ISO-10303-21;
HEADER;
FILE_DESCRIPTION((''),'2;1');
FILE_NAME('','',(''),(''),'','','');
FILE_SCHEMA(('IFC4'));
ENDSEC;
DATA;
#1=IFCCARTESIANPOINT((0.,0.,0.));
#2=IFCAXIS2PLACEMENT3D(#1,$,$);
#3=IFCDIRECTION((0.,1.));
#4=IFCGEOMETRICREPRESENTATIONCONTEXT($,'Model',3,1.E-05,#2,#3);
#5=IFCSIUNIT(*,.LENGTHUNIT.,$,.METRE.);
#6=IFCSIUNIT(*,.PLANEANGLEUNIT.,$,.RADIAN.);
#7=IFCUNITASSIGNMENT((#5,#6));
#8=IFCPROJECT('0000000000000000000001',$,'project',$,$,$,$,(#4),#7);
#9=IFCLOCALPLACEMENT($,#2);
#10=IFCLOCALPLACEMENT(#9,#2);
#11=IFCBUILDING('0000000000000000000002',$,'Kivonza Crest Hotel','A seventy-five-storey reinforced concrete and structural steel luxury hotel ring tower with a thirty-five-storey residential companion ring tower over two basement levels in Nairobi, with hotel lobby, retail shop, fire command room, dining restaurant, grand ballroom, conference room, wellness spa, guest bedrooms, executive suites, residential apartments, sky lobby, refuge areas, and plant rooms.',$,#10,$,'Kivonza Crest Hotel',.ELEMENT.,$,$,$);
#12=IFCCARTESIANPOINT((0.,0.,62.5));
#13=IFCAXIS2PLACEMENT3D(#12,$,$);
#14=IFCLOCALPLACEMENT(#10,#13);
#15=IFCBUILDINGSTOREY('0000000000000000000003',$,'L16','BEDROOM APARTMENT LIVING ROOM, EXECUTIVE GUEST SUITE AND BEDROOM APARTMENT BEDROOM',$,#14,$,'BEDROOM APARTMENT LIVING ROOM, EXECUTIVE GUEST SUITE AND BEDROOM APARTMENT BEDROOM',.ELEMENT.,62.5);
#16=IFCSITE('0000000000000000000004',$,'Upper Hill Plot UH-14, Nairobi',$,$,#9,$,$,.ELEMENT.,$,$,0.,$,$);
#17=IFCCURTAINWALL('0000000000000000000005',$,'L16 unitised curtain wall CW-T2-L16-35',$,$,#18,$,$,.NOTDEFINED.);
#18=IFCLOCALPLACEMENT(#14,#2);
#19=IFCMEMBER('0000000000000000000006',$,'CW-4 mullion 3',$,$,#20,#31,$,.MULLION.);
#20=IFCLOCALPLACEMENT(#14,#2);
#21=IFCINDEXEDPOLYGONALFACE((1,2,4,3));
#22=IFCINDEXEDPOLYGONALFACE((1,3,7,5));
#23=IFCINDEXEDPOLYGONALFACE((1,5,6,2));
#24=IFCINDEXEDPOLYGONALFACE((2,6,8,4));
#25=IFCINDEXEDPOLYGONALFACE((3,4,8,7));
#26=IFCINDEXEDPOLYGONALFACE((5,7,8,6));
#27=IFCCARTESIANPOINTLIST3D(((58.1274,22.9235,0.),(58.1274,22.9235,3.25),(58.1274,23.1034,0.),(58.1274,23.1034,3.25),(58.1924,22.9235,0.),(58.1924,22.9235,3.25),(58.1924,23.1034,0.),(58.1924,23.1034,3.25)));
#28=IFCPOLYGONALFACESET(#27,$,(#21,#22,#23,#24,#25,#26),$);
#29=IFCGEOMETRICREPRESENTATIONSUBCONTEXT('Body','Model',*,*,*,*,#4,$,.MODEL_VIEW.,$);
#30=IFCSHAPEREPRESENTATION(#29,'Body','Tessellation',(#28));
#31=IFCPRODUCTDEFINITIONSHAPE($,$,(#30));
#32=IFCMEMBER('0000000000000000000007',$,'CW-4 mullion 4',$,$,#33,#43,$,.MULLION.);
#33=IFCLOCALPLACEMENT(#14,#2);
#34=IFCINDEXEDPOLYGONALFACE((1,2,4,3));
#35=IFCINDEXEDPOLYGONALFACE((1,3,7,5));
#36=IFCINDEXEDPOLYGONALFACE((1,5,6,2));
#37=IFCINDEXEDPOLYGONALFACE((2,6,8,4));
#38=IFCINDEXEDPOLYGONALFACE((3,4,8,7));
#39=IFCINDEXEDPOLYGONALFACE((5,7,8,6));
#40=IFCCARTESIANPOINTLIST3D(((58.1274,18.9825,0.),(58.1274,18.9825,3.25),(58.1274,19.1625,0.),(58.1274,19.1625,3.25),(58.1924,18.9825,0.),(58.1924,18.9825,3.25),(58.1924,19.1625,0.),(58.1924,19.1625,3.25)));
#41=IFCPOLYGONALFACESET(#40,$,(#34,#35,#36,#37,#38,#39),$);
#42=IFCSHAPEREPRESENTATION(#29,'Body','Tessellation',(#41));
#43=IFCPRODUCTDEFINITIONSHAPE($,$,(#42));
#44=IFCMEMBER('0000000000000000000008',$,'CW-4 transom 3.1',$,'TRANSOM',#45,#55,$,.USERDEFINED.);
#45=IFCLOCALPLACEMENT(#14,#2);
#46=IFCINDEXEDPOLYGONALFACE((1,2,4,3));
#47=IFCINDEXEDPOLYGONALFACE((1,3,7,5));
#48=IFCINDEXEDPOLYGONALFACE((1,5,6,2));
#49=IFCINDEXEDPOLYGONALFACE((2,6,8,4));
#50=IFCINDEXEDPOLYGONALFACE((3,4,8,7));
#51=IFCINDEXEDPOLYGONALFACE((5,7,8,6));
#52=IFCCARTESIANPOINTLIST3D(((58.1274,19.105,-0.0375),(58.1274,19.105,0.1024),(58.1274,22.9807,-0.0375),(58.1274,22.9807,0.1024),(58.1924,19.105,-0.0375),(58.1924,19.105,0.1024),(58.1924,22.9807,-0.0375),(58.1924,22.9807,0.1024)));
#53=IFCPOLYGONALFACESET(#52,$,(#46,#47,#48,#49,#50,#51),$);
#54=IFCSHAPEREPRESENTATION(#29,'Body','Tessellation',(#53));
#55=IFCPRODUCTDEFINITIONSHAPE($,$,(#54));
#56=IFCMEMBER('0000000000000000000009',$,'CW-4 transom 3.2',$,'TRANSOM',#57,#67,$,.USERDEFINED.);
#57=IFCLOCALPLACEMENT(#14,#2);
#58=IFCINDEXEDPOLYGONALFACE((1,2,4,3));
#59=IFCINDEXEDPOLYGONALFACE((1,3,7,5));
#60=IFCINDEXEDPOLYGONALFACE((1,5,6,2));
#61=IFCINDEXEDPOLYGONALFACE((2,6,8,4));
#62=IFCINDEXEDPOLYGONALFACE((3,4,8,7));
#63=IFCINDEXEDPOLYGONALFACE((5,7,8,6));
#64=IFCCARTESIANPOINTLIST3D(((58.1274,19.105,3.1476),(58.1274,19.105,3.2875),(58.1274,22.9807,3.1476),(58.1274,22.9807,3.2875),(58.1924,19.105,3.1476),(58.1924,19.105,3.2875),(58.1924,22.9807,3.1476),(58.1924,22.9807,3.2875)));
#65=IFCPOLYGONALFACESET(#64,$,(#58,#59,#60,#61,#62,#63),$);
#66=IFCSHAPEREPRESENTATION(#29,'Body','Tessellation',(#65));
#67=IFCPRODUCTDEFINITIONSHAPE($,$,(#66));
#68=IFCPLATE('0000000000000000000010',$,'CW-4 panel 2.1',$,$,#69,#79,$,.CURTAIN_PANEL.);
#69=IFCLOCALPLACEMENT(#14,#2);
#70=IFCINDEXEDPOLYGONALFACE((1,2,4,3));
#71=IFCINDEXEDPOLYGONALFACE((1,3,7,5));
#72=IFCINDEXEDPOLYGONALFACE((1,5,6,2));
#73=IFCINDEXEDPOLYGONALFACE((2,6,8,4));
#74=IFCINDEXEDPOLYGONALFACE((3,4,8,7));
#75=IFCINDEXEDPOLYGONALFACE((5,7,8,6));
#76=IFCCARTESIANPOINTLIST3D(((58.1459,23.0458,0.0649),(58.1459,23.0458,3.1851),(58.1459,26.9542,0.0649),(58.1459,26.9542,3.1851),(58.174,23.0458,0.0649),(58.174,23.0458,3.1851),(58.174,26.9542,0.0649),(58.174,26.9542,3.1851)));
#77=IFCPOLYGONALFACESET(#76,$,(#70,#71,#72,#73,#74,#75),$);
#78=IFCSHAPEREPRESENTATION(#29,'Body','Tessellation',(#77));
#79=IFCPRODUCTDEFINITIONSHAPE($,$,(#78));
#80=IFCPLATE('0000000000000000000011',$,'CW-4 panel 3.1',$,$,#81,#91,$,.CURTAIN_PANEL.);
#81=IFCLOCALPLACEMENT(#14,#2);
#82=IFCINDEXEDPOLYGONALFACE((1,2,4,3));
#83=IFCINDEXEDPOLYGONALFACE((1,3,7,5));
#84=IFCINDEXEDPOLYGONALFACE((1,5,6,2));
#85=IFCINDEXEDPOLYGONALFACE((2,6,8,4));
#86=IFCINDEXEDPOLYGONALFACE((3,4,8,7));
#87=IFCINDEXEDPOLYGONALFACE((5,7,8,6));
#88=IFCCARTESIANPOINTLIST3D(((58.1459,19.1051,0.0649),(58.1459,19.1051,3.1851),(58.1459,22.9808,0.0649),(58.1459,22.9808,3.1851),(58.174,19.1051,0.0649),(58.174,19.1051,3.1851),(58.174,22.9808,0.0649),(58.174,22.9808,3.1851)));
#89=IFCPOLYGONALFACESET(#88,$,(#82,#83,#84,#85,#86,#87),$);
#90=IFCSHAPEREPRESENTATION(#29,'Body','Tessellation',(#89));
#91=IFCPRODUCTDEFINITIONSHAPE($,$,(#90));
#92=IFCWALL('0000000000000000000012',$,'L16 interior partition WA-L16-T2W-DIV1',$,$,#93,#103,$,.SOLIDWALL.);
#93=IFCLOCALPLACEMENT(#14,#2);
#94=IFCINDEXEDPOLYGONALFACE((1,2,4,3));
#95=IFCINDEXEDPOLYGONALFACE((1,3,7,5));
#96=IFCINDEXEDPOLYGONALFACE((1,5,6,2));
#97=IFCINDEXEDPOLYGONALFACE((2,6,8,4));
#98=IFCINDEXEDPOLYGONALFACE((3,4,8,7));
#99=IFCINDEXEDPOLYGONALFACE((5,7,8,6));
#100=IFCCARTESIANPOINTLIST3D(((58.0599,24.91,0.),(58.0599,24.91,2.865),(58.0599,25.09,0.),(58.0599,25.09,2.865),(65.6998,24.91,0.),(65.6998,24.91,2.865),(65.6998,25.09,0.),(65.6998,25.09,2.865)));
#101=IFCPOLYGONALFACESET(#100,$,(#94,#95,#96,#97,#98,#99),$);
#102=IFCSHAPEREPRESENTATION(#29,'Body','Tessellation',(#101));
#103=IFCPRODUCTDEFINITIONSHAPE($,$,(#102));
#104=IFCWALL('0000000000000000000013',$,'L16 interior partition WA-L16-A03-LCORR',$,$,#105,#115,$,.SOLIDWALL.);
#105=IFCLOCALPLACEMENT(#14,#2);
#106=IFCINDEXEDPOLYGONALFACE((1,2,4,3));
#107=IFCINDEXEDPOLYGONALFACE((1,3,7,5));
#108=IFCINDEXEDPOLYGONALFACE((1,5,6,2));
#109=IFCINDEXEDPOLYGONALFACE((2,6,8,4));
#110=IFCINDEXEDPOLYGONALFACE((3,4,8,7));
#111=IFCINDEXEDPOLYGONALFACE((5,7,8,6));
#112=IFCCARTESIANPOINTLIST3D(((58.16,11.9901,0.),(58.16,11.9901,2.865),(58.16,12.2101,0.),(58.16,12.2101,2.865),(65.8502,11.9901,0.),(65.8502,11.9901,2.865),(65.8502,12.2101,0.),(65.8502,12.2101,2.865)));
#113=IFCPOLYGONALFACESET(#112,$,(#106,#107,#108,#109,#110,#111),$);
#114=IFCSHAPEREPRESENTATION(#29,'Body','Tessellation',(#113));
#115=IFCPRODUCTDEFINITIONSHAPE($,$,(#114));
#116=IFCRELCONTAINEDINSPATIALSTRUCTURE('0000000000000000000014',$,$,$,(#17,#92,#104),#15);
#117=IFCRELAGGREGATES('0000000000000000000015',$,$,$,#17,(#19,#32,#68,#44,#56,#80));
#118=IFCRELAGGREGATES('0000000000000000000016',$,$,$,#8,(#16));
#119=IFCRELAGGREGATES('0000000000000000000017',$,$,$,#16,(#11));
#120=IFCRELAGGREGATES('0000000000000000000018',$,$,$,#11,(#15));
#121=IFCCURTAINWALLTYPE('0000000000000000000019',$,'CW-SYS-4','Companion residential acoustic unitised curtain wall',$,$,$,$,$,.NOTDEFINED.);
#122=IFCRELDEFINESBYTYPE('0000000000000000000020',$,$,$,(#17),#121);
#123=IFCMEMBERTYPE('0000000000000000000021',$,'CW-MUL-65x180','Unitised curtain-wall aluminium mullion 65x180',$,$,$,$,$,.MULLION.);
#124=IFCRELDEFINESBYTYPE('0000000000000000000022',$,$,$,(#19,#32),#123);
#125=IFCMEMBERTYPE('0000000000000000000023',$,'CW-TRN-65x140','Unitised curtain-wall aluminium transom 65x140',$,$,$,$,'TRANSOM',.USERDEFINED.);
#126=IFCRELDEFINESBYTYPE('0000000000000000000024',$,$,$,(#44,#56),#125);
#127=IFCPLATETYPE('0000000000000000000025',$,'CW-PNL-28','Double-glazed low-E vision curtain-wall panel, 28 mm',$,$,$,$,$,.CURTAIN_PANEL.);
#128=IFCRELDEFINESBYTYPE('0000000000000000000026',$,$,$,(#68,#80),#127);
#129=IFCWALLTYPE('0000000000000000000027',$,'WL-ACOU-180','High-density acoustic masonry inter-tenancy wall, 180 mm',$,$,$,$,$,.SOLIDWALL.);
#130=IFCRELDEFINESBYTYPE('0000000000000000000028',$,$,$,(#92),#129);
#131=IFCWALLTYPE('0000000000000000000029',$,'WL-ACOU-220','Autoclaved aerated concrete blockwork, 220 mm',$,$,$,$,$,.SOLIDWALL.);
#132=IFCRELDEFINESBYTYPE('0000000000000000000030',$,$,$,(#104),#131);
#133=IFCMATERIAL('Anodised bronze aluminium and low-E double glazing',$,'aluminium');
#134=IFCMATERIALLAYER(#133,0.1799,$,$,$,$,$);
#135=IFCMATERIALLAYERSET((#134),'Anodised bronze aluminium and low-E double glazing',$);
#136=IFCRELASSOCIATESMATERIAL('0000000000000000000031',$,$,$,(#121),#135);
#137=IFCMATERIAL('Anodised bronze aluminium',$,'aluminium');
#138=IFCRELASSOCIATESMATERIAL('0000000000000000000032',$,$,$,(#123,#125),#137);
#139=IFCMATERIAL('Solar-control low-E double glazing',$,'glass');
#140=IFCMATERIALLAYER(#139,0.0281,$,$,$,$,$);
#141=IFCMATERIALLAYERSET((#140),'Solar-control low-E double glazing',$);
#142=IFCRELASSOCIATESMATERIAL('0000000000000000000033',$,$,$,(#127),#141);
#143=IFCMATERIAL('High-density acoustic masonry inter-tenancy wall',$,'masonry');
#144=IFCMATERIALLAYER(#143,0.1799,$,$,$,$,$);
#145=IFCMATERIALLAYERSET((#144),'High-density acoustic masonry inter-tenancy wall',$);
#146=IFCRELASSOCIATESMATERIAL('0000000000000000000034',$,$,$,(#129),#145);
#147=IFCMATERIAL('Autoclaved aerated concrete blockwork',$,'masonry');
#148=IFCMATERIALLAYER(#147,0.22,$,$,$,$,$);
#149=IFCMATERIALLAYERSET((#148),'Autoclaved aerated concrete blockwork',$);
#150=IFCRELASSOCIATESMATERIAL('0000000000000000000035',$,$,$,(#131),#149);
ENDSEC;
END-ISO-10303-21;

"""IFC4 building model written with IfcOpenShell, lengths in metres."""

from ifc_helpers import new_model, si_unit, direction, frame, frame_2d, origin, origin_2d, place, context, subcontext, project, spatial, rectangle, extrude, material, layer, layer_set, material_profile, profile_set, type_object, element, aggregate, save


model = new_model("IFC4")

# Units and contexts
model_context = context("Model", 3, precision=1e-05, world=origin(), true_north=direction((0.0, 1.0)))
body_context = subcontext(model_context, "Body", "Model", "MODEL_VIEW")
ifc_project = project(units=[si_unit("LENGTHUNIT", "METRE"), si_unit("PLANEANGLEUNIT", "RADIAN")], contexts=[model_context])

# Site, building, storey
site_placement = place(None, origin())
site = spatial("IfcSite", under=ifc_project, at=site_placement, Name="Upper Hill Plot UH-14, Nairobi", CompositionType="ELEMENT", RefElevation=0.0)
building_placement = place(site_placement, origin())
building = spatial("IfcBuilding", under=site, at=building_placement, Name="Kivonza Crest Hotel", Description="A seventy-five-storey reinforced concrete and structural steel luxury hotel ring tower with a thirty-five-storey residential companion ring tower over two basement levels in Nairobi, with hotel lobby, retail shop, fire command room, dining restaurant, grand ballroom, conference room, wellness spa, guest bedrooms, executive suites, residential apartments, sky lobby, refuge areas, and plant rooms.", LongName="Kivonza Crest Hotel", CompositionType="ELEMENT")
storey_placement = place(building_placement, frame((0.0, 0.0, 62.5)))
storey = spatial("IfcBuildingStorey", under=building, at=storey_placement, Name="L16", Description="BEDROOM APARTMENT LIVING ROOM, EXECUTIVE GUEST SUITE AND BEDROOM APARTMENT BEDROOM", LongName="BEDROOM APARTMENT LIVING ROOM, EXECUTIVE GUEST SUITE AND BEDROOM APARTMENT BEDROOM", CompositionType="ELEMENT", Elevation=62.5)

# Curtain wall, members, plates
ifc_material_1 = material(Name="Anodised bronze aluminium and low-E double glazing", Category="aluminium")
ifc_layer_1 = layer(ifc_material_1, 0.1799)
ifc_layer_set_1 = layer_set([ifc_layer_1], Name="Anodised bronze aluminium and low-E double glazing")
curtain_wall_type = type_object("IfcCurtainWallType", Name="CW-SYS-4", Description="Companion residential acoustic unitised curtain wall", PredefinedType="NOTDEFINED", material=ifc_layer_set_1)
curtain_wall_placement = place(storey_placement, origin())
curtain_wall = element("IfcCurtainWall", 1, at=curtain_wall_placement, inside=storey, type_object=curtain_wall_type, Name="L16 unitised curtain wall CW-T2-L16-35", PredefinedType="NOTDEFINED")
ifc_material_2 = material(Name="Anodised bronze aluminium", Category="aluminium")
ifc_material_profile_1 = material_profile(ifc_material_2, rectangle(XDim=0.0649, YDim=0.1799, at=origin_2d()), Name="CW-M 65x180")
ifc_profile_set_1 = profile_set([ifc_material_profile_1], Name="Anodised bronze aluminium")
member_type_1 = type_object("IfcMemberType", Name="CW-MUL-65x180", Description="Unitised curtain-wall aluminium mullion 65x180", PredefinedType="MULLION", material=ifc_profile_set_1)
member_1_placement = place(storey_placement, frame((58.1599, 23.0134, 0.0), z_axis=(0.0, 0.0, 1.0), x_axis=(1.0, 0.0, 0.0)))
member_1 = element("IfcMember", 2, at=member_1_placement, type_object=member_type_1, Name="CW-4 mullion 3", PredefinedType="MULLION", context=body_context, shape_type="SweptSolid", body=[
    extrude(rectangle(XDim=0.0649, YDim=0.1799, at=origin_2d()), origin(), (0.0, 0.0, 1.0), 3.25),
])
member_2_placement = place(storey_placement, frame((58.1599, 19.0725, 0.0), z_axis=(0.0, 0.0, 1.0), x_axis=(1.0, 0.0, 0.0)))
member_2 = element("IfcMember", 3, at=member_2_placement, type_object=member_type_1, Name="CW-4 mullion 4", PredefinedType="MULLION", context=body_context, shape_type="SweptSolid", body=[
    extrude(rectangle(XDim=0.0649, YDim=0.1799, at=origin_2d()), origin(), (0.0, 0.0, 1.0), 3.25),
])
ifc_material_profile_2 = material_profile(ifc_material_2, rectangle(XDim=0.0649, YDim=0.1399, at=origin_2d()), Name="CW-T 65x140")
ifc_profile_set_2 = profile_set([ifc_material_profile_2], Name="Anodised bronze aluminium")
member_type_2 = type_object("IfcMemberType", Name="CW-TRN-65x140", Description="Unitised curtain-wall aluminium transom 65x140", ElementType="TRANSOM", PredefinedType="USERDEFINED", material=ifc_profile_set_2)
member_3_placement = place(storey_placement, frame((58.1599, 22.9807, 0.0325), z_axis=(0.0, -1.0, 0.0), x_axis=(1.0, 0.0, 0.0)))
member_3 = element("IfcMember", 4, at=member_3_placement, type_object=member_type_2, Name="CW-4 transom 3.1", ObjectType="TRANSOM", PredefinedType="USERDEFINED", context=body_context, shape_type="SweptSolid", body=[
    extrude(rectangle(XDim=0.0649, YDim=0.1399, at=origin_2d()), origin(), (0.0, 0.0, 1.0), 3.8757),
])
member_4_placement = place(storey_placement, frame((58.1599, 22.9807, 3.2175), z_axis=(0.0, -1.0, 0.0), x_axis=(1.0, 0.0, 0.0)))
member_4 = element("IfcMember", 5, at=member_4_placement, type_object=member_type_2, Name="CW-4 transom 3.2", ObjectType="TRANSOM", PredefinedType="USERDEFINED", context=body_context, shape_type="SweptSolid", body=[
    extrude(rectangle(XDim=0.0649, YDim=0.1399, at=origin_2d()), origin(), (0.0, 0.0, 1.0), 3.8757),
])
ifc_material_3 = material(Name="Solar-control low-E double glazing", Category="glass")
ifc_layer_2 = layer(ifc_material_3, 0.0281)
ifc_layer_set_2 = layer_set([ifc_layer_2], Name="Solar-control low-E double glazing")
plate_type = type_object("IfcPlateType", Name="CW-PNL-28", Description="Double-glazed low-E vision curtain-wall panel, 28 mm", PredefinedType="CURTAIN_PANEL", material=ifc_layer_set_2)
plate_1_placement = place(storey_placement, frame((58.1599, 25.0, 0.0649), z_axis=(0.0, 0.0, 1.0), x_axis=(0.0, -1.0, 0.0)))
plate_1 = element("IfcPlate", 6, at=plate_1_placement, type_object=plate_type, Name="CW-4 panel 2.1", PredefinedType="CURTAIN_PANEL", context=body_context, shape_type="SweptSolid", body=[
    extrude(rectangle(XDim=3.9084, YDim=0.0281, at=origin_2d()), origin(), (0.0, 0.0, 1.0), 3.1201),
])
plate_2_placement = place(storey_placement, frame((58.1599, 21.043, 0.0649), z_axis=(0.0, 0.0, 1.0), x_axis=(0.0, -1.0, 0.0)))
plate_2 = element("IfcPlate", 7, at=plate_2_placement, type_object=plate_type, Name="CW-4 panel 3.1", PredefinedType="CURTAIN_PANEL", context=body_context, shape_type="SweptSolid", body=[
    extrude(rectangle(XDim=3.8757, YDim=0.0281, at=origin_2d()), origin(), (0.0, 0.0, 1.0), 3.1201),
])
aggregate(curtain_wall, [member_1, member_2, plate_1, member_3, member_4, plate_2])

# Walls
ifc_material_4 = material(Name="High-density acoustic masonry inter-tenancy wall", Category="masonry")
ifc_layer_3 = layer(ifc_material_4, 0.1799)
ifc_layer_set_3 = layer_set([ifc_layer_3], Name="High-density acoustic masonry inter-tenancy wall")
wall_type_1 = type_object("IfcWallType", Name="WL-ACOU-180", Description="High-density acoustic masonry inter-tenancy wall, 180 mm", PredefinedType="SOLIDWALL", material=ifc_layer_set_3)
wall_1_placement = place(storey_placement, frame((58.0601, 25.0, 0.0), z_axis=(0.0, 0.0, 1.0), x_axis=(1.0, 0.0, 0.0)))
element("IfcWall", 8, at=wall_1_placement, inside=storey, type_object=wall_type_1, Name="L16 interior partition WA-L16-T2W-DIV1", PredefinedType="SOLIDWALL", context=body_context, shape_type="SweptSolid", body=[
    extrude(rectangle(XDim=7.6399, YDim=0.1799, at=frame_2d((3.8198, 0.0))), origin(), (0.0, 0.0, 1.0), 2.865),
])
ifc_material_5 = material(Name="Autoclaved aerated concrete blockwork", Category="masonry")
ifc_layer_4 = layer(ifc_material_5, 0.22)
ifc_layer_set_4 = layer_set([ifc_layer_4], Name="Autoclaved aerated concrete blockwork")
wall_type_2 = type_object("IfcWallType", Name="WL-ACOU-220", Description="Autoclaved aerated concrete blockwork, 220 mm", PredefinedType="SOLIDWALL", material=ifc_layer_set_4)
wall_2_placement = place(storey_placement, frame((58.1599, 12.1001, 0.0), z_axis=(0.0, 0.0, 1.0), x_axis=(1.0, 0.0, 0.0)))
element("IfcWall", 9, at=wall_2_placement, inside=storey, type_object=wall_type_2, Name="L16 interior partition WA-L16-A03-LCORR", PredefinedType="SOLIDWALL", context=body_context, shape_type="SweptSolid", body=[
    extrude(rectangle(XDim=7.6902, YDim=0.22, at=frame_2d((3.8452, 0.0))), origin(), (0.0, 0.0, 1.0), 2.865),
])

save(model, "model.ifc")
